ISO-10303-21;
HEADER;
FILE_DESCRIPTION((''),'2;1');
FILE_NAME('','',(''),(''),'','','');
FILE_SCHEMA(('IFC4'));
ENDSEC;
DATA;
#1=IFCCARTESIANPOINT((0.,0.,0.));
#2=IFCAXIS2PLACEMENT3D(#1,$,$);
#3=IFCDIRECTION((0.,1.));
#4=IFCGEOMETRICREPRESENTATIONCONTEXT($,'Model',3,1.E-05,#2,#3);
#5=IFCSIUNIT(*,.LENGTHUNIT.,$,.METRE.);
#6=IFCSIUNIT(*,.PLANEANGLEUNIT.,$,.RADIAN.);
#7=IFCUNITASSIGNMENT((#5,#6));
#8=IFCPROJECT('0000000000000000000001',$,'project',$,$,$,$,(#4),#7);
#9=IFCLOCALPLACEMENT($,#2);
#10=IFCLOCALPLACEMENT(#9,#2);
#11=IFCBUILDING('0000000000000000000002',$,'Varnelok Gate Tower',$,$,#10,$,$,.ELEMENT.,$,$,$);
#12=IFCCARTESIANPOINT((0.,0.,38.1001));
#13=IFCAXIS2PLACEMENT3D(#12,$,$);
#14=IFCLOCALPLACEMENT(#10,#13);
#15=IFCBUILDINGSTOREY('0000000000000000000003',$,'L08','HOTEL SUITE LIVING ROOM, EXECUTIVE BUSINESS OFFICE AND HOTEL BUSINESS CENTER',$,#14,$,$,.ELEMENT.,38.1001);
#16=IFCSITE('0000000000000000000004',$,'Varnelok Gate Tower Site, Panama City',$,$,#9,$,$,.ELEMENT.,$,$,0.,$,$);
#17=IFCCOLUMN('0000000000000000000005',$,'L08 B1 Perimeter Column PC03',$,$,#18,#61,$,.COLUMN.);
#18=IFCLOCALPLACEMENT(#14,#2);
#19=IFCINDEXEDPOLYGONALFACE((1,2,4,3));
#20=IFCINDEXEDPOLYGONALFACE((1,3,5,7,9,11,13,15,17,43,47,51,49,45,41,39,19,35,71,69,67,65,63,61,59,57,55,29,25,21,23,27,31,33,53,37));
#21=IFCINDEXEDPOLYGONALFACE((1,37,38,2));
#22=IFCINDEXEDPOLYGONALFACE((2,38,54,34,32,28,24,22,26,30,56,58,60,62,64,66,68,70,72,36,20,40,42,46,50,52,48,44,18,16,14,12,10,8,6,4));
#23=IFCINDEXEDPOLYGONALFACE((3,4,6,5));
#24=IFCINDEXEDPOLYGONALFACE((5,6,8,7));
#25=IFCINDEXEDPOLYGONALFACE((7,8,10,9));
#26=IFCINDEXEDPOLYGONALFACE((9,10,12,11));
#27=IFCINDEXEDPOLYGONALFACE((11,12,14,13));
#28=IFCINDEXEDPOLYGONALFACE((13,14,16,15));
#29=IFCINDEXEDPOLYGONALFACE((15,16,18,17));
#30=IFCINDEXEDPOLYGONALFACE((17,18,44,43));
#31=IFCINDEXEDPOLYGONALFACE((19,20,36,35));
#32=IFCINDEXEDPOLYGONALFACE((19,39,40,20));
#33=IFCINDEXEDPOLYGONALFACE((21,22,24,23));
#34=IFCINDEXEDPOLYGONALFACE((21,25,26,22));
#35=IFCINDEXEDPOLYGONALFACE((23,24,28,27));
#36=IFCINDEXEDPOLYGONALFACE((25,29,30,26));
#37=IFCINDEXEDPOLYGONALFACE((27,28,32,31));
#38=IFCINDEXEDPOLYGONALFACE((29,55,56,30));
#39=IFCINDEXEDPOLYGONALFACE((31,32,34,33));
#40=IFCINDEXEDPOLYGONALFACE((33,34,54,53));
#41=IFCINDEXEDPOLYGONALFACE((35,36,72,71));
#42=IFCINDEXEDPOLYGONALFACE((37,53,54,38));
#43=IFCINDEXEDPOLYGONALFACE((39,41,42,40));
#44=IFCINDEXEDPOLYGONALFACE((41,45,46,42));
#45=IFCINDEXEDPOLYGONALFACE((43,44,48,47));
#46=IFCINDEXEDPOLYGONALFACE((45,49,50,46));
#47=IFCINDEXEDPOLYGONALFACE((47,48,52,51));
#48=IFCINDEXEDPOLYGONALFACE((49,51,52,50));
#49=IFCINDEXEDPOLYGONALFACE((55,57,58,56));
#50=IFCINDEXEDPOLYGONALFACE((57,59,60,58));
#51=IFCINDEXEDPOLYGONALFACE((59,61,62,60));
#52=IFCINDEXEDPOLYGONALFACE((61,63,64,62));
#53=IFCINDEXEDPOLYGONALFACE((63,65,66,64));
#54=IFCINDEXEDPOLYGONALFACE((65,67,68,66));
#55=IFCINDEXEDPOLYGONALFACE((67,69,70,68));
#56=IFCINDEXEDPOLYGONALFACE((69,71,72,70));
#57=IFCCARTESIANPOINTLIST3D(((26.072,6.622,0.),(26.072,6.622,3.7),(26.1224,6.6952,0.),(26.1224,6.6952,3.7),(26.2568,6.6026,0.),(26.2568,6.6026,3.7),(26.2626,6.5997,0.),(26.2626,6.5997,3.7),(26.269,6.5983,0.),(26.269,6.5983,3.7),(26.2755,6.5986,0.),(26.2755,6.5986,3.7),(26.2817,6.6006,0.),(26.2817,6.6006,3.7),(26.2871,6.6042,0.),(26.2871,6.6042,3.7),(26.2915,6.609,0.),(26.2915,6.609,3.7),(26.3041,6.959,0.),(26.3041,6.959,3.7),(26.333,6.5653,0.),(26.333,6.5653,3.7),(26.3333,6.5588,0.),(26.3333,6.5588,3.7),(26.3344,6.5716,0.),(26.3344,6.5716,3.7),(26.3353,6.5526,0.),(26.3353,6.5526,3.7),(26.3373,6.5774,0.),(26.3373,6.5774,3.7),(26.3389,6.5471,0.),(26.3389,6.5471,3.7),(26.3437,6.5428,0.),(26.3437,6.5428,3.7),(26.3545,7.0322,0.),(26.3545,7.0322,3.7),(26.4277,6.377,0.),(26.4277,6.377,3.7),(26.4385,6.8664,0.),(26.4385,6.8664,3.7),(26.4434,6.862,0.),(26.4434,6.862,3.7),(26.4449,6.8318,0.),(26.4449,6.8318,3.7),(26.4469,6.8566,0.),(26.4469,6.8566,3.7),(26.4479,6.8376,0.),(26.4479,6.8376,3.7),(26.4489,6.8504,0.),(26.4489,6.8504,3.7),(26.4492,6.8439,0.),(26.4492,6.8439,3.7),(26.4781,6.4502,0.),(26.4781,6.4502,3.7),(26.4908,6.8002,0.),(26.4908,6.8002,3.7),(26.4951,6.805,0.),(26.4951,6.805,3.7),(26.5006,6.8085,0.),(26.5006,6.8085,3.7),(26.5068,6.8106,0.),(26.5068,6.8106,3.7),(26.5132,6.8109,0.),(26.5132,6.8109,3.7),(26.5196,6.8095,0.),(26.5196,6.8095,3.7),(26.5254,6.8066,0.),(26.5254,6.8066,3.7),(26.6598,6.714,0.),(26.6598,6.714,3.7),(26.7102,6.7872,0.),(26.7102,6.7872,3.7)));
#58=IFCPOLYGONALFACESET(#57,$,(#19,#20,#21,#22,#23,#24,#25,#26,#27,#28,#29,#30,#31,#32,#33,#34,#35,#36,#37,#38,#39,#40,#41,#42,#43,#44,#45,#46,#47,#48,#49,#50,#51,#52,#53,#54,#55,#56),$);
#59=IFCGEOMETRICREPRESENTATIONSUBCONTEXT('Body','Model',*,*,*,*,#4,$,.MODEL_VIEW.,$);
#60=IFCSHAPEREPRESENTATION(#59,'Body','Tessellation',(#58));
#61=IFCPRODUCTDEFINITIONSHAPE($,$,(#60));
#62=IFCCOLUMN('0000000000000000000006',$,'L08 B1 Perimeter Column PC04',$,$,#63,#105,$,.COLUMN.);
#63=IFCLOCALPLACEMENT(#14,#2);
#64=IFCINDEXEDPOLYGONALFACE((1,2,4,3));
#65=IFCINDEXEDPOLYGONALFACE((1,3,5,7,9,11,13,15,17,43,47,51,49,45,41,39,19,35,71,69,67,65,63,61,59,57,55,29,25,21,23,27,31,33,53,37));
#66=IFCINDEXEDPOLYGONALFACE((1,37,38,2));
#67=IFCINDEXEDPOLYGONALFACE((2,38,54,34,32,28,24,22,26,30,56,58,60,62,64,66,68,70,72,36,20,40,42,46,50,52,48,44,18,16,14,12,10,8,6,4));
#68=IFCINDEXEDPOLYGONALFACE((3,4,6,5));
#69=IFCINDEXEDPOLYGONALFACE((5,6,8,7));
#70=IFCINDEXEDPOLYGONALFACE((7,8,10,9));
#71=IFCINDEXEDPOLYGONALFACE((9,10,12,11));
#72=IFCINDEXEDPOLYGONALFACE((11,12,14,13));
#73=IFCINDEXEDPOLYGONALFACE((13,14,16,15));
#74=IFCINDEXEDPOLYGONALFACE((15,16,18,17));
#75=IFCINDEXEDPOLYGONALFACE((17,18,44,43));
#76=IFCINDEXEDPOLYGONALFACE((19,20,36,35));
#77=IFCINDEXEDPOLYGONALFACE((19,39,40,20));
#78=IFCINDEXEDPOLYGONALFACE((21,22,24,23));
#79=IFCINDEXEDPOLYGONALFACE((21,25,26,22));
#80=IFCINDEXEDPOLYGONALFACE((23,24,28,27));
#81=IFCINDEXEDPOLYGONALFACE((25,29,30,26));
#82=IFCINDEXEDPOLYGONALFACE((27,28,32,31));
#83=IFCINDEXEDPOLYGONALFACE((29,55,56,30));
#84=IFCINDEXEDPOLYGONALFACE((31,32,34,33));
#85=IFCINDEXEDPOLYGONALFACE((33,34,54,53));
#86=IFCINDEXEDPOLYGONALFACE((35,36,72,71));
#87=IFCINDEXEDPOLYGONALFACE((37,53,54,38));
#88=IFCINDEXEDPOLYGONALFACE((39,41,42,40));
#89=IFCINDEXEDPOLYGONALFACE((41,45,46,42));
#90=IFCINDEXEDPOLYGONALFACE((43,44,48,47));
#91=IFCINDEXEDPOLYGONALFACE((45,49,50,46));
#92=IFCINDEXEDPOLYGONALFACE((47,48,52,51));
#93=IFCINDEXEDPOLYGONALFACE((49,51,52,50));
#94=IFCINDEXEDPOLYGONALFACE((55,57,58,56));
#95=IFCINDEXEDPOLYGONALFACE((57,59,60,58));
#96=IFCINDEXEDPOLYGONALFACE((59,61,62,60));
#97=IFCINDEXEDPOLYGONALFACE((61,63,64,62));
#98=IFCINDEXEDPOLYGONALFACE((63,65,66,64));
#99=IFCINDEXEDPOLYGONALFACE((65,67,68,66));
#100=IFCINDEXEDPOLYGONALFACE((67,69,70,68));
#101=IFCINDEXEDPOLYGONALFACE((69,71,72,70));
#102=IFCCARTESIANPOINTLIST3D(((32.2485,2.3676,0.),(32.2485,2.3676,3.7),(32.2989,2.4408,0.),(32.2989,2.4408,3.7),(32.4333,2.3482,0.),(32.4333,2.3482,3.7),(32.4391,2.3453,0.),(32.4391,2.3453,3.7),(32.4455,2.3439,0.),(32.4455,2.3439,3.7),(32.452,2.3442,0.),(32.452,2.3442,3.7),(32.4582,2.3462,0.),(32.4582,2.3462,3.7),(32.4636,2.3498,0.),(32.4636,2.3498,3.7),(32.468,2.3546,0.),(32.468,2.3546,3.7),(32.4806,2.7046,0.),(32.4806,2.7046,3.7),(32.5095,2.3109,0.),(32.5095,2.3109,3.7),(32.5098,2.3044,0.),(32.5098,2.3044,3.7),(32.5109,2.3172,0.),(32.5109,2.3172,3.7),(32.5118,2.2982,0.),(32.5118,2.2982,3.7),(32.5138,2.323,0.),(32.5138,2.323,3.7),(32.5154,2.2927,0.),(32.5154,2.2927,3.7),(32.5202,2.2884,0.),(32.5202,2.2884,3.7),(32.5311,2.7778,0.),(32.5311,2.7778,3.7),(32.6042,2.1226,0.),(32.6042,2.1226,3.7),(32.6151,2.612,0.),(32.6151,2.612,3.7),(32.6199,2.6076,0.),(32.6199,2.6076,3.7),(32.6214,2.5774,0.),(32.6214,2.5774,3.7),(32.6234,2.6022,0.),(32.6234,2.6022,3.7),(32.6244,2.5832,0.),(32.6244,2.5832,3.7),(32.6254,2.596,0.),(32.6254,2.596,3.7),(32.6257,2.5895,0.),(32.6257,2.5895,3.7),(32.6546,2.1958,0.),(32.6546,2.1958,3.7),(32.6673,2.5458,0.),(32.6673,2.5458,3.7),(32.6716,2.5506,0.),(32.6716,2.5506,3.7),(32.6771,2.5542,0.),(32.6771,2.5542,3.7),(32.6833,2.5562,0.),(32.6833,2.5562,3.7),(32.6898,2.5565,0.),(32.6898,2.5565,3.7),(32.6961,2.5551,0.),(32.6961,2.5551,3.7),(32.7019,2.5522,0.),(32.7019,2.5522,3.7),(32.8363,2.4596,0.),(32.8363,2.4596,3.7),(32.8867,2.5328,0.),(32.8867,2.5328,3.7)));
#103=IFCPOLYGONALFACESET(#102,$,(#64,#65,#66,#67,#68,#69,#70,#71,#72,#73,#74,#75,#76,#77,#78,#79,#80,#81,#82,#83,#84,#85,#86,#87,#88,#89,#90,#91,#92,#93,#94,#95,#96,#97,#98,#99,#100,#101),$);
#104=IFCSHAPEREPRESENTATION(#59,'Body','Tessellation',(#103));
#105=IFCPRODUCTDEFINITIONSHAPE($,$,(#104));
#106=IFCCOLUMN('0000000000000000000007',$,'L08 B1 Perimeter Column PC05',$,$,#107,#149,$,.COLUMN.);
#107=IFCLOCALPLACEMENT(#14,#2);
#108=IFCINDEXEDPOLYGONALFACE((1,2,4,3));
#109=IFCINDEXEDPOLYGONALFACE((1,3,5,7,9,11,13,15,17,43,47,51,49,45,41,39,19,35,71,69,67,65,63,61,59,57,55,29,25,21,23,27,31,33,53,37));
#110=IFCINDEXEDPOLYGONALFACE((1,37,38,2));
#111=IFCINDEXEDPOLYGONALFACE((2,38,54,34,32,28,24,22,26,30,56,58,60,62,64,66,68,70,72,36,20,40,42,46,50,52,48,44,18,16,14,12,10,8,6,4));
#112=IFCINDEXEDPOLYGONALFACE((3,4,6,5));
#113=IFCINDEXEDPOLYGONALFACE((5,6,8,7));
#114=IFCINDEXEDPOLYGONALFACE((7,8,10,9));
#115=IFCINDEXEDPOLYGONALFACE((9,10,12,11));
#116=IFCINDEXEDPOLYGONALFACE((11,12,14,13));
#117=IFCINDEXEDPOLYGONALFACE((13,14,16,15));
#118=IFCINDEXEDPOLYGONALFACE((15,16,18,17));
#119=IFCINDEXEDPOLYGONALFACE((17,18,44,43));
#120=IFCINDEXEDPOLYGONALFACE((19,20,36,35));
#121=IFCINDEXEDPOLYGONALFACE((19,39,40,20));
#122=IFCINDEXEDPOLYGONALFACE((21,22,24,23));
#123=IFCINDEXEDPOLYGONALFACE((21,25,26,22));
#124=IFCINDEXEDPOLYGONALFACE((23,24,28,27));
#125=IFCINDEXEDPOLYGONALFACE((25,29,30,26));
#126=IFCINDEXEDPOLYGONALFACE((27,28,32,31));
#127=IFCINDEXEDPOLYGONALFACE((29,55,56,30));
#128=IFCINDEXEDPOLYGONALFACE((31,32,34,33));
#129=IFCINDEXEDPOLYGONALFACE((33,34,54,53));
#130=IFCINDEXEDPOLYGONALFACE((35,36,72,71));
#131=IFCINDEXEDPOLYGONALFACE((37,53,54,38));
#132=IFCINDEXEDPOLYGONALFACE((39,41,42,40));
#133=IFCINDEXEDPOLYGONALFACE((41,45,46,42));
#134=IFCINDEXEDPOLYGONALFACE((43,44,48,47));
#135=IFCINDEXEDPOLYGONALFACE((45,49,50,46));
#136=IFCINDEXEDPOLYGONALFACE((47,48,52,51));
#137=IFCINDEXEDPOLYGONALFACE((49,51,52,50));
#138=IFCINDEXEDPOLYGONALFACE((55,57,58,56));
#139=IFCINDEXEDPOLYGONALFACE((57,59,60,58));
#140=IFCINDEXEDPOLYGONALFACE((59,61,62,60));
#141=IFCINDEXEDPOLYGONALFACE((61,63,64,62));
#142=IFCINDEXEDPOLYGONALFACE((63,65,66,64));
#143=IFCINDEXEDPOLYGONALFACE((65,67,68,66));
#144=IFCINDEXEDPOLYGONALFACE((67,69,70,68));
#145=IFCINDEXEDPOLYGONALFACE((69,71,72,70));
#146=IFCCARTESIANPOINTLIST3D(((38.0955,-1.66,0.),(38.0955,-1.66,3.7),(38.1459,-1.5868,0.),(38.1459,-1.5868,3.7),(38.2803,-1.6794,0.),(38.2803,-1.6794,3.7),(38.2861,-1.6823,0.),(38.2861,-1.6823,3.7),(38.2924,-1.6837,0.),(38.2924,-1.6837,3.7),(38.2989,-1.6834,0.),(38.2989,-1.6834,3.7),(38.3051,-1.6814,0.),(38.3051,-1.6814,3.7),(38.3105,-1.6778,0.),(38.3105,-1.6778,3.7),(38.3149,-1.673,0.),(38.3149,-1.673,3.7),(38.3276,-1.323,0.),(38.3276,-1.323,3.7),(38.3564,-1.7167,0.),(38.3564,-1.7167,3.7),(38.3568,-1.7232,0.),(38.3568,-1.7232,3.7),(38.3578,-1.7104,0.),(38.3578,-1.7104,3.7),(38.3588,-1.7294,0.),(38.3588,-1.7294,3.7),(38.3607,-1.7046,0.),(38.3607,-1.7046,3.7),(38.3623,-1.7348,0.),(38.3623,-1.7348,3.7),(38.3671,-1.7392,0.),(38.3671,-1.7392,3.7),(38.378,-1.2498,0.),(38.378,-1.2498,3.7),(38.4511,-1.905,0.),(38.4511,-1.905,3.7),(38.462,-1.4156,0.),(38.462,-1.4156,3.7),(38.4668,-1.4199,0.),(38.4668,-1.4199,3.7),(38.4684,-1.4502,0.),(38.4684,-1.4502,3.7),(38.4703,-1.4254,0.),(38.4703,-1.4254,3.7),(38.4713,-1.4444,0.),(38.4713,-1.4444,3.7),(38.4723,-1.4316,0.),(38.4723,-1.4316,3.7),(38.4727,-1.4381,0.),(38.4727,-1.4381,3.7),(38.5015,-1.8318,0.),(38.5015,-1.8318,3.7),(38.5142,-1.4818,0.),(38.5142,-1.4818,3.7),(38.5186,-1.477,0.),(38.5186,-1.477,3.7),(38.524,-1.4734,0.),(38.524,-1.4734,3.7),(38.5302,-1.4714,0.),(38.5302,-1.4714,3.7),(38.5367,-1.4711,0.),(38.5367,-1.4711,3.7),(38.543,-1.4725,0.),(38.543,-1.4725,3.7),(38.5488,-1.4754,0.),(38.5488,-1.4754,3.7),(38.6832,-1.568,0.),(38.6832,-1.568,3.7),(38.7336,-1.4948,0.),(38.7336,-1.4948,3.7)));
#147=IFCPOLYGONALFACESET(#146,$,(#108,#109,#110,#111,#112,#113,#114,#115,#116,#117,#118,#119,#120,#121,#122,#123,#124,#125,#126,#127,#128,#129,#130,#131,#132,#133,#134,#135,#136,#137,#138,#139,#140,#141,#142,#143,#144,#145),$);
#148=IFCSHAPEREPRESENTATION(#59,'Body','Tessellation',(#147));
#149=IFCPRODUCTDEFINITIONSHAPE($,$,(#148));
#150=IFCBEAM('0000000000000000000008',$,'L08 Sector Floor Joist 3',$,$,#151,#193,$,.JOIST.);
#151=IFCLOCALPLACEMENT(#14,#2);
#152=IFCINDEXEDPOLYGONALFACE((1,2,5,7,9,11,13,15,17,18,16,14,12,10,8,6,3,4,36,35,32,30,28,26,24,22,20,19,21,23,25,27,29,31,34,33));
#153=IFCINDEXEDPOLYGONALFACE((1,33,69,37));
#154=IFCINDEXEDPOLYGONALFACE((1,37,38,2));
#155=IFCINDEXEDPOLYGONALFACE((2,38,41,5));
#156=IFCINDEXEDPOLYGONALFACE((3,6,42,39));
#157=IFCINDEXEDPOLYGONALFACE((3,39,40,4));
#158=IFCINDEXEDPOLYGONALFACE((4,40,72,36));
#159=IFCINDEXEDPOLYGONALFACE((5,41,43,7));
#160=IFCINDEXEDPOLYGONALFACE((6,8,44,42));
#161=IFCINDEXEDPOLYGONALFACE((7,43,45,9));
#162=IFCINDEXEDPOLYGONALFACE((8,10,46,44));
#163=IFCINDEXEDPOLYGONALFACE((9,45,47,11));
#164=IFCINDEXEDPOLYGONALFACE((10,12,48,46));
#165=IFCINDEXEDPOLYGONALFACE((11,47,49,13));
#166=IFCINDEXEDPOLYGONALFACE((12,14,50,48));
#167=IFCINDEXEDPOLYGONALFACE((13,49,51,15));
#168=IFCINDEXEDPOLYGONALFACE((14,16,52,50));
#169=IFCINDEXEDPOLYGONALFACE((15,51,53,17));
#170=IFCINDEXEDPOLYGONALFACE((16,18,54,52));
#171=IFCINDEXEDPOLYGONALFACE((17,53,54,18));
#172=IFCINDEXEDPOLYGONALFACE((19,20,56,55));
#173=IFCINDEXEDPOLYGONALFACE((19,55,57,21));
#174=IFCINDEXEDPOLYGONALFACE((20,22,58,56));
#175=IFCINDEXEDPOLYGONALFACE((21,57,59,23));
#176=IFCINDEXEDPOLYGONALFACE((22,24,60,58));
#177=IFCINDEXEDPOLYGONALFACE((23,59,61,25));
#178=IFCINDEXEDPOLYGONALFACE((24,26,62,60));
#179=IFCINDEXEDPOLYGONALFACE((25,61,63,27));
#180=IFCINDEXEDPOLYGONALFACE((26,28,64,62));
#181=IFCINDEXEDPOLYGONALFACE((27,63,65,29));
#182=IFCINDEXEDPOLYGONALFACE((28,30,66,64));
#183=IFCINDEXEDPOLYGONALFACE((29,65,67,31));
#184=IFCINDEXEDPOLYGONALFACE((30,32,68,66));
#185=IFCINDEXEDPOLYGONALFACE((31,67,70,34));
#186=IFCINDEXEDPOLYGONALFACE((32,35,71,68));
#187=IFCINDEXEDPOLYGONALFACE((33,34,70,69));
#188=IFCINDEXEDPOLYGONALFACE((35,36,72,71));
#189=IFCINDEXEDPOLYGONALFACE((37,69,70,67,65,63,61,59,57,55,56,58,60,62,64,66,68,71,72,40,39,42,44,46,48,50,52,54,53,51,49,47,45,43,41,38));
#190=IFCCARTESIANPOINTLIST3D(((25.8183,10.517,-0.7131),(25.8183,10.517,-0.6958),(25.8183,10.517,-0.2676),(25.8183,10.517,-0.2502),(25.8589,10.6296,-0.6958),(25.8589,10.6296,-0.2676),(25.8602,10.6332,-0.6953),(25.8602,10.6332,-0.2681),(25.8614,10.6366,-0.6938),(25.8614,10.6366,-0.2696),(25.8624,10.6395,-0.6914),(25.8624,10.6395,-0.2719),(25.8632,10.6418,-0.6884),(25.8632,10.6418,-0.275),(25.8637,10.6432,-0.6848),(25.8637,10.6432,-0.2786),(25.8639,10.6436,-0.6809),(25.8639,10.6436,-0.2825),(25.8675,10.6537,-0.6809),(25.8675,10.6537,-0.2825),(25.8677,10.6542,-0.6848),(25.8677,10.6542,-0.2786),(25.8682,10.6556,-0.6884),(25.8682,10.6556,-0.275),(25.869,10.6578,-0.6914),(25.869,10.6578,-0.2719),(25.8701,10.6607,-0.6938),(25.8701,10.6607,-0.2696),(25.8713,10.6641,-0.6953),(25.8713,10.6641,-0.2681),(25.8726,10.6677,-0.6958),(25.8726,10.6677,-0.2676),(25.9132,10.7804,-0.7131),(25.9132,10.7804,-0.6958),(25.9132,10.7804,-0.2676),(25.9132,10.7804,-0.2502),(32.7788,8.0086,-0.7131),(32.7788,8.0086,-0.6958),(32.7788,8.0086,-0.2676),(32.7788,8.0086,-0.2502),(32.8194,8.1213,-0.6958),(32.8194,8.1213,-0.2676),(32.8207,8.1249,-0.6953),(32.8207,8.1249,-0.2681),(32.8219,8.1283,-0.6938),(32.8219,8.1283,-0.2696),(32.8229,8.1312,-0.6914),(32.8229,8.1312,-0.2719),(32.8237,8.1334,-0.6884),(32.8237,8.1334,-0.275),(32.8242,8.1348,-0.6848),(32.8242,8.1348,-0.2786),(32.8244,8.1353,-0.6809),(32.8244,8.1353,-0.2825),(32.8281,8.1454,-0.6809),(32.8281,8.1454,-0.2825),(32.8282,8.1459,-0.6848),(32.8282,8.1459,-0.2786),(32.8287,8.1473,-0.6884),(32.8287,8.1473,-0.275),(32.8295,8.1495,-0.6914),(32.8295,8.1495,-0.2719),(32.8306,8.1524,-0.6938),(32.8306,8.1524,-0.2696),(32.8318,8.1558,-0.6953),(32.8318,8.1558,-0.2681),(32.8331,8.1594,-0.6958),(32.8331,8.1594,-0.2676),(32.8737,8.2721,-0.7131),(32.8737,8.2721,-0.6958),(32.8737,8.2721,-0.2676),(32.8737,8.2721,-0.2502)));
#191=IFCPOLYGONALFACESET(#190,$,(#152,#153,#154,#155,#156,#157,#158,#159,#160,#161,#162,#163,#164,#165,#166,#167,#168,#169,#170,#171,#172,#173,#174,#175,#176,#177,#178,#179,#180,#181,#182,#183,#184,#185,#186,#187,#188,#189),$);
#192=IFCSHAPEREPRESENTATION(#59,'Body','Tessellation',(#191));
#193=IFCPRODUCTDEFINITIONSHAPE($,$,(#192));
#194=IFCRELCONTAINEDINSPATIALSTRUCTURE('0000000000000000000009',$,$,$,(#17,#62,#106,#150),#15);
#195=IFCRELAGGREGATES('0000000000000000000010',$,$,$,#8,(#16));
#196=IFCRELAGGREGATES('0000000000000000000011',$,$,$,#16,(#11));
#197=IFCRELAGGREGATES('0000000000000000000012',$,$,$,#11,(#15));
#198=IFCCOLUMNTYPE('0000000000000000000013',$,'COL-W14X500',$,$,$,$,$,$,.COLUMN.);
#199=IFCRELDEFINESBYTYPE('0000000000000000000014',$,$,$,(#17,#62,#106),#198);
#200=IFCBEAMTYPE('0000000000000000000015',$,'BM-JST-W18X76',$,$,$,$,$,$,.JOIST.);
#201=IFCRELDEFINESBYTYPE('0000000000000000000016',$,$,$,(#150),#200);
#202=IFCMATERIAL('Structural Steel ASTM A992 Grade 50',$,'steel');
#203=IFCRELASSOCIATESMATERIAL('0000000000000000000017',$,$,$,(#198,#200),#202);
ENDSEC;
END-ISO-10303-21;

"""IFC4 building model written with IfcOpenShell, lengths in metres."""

from ifc_helpers import new_model, si_unit, direction, frame, origin, origin_2d, place, context, subcontext, project, spatial, i_section, extrude, material, material_profile, profile_set, type_object, element, save


model = new_model("IFC4")

# Units and contexts
model_context = context("Model", 3, precision=1e-05, world=origin(), true_north=direction((0.0, 1.0)))
body_context = subcontext(model_context, "Body", "Model", "MODEL_VIEW")
ifc_project = project(units=[si_unit("LENGTHUNIT", "METRE"), si_unit("PLANEANGLEUNIT", "RADIAN")], contexts=[model_context])

# Site, building, storey
site_placement = place(None, origin())
site = spatial("IfcSite", under=ifc_project, at=site_placement, Name="Varnelok Gate Tower Site, Panama City", CompositionType="ELEMENT", RefElevation=0.0)
building_placement = place(site_placement, origin())
building = spatial("IfcBuilding", under=site, at=building_placement, Name="Varnelok Gate Tower", CompositionType="ELEMENT")
storey_placement = place(building_placement, frame((0.0, 0.0, 38.1001)))
storey = spatial("IfcBuildingStorey", under=building, at=storey_placement, Name="L08", Description="HOTEL SUITE LIVING ROOM, EXECUTIVE BUSINESS OFFICE AND HOTEL BUSINESS CENTER", CompositionType="ELEMENT", Elevation=38.1001)

# Columns
ifc_material_1 = material(Name="Structural Steel ASTM A992 Grade 50", Category="steel")
ifc_material_profile_1 = material_profile(ifc_material_1, i_section(OverallWidth=0.4319, OverallDepth=0.498, WebThickness=0.0557, FlangeThickness=0.0889, FilletRadius=0.0249, at=origin_2d()), Name="W14X500")
ifc_profile_set_1 = profile_set([ifc_material_profile_1], Name="Structural Steel ASTM A992 Grade 50")
column_type = type_object("IfcColumnType", Name="COL-W14X500", PredefinedType="COLUMN", material=ifc_profile_set_1)
for number, where, z_axis, x_axis, name in (
    (1, (26.3911, 6.7046, 0.0), (0.0, 0.0, 1.0), (0.823533, -0.567269, 0.0), "L08 B1 Perimeter Column PC03"),
    (2, (32.5676, 2.4502, 0.0), (0.0, 0.0, 1.0), (0.823533, -0.567269, 0.0), "L08 B1 Perimeter Column PC04"),
    (3, (38.4146, -1.5774, 0.0), (0.0, 0.0, 1.0), (0.823533, -0.567269, 0.0), "L08 B1 Perimeter Column PC05"),
):
    element("IfcColumn", number, at=place(storey_placement, frame(where, z_axis=z_axis, x_axis=x_axis)), inside=storey, type_object=column_type, Name=name, PredefinedType="COLUMN", context=body_context, shape_type="SweptSolid", body=[
        extrude(i_section(OverallWidth=0.4319, OverallDepth=0.498, WebThickness=0.0557, FlangeThickness=0.0889, FilletRadius=0.0249, at=origin_2d()), origin(), (0.0, 0.0, 1.0), 3.7),
    ])

# Beam
ifc_material_profile_2 = material_profile(ifc_material_1, i_section(OverallWidth=0.28, OverallDepth=0.4629, WebThickness=0.0107, FlangeThickness=0.0173, FilletRadius=0.0149, at=origin_2d()), Name="W18X76")
ifc_profile_set_2 = profile_set([ifc_material_profile_2], Name="Structural Steel ASTM A992 Grade 50")
beam_type_1 = type_object("IfcBeamType", Name="BM-JST-W18X76", PredefinedType="JOIST", material=ifc_profile_set_2)
beam_1_placement = place(storey_placement, frame((25.8657, 10.6487, -0.4817), z_axis=(0.940778, -0.339023, 0.0), x_axis=(0.339023, 0.940778, 0.0)))
element("IfcBeam", 4, at=beam_1_placement, inside=storey, type_object=beam_type_1, Name="L08 Sector Floor Joist 3", PredefinedType="JOIST", context=body_context, shape_type="SweptSolid", body=[
    extrude(i_section(OverallWidth=0.28, OverallDepth=0.4629, WebThickness=0.0107, FlangeThickness=0.0173, FilletRadius=0.0149, at=origin_2d()), origin(), (0.0, 0.0, 1.0), 7.3987),
])

save(model, "model.ifc")
